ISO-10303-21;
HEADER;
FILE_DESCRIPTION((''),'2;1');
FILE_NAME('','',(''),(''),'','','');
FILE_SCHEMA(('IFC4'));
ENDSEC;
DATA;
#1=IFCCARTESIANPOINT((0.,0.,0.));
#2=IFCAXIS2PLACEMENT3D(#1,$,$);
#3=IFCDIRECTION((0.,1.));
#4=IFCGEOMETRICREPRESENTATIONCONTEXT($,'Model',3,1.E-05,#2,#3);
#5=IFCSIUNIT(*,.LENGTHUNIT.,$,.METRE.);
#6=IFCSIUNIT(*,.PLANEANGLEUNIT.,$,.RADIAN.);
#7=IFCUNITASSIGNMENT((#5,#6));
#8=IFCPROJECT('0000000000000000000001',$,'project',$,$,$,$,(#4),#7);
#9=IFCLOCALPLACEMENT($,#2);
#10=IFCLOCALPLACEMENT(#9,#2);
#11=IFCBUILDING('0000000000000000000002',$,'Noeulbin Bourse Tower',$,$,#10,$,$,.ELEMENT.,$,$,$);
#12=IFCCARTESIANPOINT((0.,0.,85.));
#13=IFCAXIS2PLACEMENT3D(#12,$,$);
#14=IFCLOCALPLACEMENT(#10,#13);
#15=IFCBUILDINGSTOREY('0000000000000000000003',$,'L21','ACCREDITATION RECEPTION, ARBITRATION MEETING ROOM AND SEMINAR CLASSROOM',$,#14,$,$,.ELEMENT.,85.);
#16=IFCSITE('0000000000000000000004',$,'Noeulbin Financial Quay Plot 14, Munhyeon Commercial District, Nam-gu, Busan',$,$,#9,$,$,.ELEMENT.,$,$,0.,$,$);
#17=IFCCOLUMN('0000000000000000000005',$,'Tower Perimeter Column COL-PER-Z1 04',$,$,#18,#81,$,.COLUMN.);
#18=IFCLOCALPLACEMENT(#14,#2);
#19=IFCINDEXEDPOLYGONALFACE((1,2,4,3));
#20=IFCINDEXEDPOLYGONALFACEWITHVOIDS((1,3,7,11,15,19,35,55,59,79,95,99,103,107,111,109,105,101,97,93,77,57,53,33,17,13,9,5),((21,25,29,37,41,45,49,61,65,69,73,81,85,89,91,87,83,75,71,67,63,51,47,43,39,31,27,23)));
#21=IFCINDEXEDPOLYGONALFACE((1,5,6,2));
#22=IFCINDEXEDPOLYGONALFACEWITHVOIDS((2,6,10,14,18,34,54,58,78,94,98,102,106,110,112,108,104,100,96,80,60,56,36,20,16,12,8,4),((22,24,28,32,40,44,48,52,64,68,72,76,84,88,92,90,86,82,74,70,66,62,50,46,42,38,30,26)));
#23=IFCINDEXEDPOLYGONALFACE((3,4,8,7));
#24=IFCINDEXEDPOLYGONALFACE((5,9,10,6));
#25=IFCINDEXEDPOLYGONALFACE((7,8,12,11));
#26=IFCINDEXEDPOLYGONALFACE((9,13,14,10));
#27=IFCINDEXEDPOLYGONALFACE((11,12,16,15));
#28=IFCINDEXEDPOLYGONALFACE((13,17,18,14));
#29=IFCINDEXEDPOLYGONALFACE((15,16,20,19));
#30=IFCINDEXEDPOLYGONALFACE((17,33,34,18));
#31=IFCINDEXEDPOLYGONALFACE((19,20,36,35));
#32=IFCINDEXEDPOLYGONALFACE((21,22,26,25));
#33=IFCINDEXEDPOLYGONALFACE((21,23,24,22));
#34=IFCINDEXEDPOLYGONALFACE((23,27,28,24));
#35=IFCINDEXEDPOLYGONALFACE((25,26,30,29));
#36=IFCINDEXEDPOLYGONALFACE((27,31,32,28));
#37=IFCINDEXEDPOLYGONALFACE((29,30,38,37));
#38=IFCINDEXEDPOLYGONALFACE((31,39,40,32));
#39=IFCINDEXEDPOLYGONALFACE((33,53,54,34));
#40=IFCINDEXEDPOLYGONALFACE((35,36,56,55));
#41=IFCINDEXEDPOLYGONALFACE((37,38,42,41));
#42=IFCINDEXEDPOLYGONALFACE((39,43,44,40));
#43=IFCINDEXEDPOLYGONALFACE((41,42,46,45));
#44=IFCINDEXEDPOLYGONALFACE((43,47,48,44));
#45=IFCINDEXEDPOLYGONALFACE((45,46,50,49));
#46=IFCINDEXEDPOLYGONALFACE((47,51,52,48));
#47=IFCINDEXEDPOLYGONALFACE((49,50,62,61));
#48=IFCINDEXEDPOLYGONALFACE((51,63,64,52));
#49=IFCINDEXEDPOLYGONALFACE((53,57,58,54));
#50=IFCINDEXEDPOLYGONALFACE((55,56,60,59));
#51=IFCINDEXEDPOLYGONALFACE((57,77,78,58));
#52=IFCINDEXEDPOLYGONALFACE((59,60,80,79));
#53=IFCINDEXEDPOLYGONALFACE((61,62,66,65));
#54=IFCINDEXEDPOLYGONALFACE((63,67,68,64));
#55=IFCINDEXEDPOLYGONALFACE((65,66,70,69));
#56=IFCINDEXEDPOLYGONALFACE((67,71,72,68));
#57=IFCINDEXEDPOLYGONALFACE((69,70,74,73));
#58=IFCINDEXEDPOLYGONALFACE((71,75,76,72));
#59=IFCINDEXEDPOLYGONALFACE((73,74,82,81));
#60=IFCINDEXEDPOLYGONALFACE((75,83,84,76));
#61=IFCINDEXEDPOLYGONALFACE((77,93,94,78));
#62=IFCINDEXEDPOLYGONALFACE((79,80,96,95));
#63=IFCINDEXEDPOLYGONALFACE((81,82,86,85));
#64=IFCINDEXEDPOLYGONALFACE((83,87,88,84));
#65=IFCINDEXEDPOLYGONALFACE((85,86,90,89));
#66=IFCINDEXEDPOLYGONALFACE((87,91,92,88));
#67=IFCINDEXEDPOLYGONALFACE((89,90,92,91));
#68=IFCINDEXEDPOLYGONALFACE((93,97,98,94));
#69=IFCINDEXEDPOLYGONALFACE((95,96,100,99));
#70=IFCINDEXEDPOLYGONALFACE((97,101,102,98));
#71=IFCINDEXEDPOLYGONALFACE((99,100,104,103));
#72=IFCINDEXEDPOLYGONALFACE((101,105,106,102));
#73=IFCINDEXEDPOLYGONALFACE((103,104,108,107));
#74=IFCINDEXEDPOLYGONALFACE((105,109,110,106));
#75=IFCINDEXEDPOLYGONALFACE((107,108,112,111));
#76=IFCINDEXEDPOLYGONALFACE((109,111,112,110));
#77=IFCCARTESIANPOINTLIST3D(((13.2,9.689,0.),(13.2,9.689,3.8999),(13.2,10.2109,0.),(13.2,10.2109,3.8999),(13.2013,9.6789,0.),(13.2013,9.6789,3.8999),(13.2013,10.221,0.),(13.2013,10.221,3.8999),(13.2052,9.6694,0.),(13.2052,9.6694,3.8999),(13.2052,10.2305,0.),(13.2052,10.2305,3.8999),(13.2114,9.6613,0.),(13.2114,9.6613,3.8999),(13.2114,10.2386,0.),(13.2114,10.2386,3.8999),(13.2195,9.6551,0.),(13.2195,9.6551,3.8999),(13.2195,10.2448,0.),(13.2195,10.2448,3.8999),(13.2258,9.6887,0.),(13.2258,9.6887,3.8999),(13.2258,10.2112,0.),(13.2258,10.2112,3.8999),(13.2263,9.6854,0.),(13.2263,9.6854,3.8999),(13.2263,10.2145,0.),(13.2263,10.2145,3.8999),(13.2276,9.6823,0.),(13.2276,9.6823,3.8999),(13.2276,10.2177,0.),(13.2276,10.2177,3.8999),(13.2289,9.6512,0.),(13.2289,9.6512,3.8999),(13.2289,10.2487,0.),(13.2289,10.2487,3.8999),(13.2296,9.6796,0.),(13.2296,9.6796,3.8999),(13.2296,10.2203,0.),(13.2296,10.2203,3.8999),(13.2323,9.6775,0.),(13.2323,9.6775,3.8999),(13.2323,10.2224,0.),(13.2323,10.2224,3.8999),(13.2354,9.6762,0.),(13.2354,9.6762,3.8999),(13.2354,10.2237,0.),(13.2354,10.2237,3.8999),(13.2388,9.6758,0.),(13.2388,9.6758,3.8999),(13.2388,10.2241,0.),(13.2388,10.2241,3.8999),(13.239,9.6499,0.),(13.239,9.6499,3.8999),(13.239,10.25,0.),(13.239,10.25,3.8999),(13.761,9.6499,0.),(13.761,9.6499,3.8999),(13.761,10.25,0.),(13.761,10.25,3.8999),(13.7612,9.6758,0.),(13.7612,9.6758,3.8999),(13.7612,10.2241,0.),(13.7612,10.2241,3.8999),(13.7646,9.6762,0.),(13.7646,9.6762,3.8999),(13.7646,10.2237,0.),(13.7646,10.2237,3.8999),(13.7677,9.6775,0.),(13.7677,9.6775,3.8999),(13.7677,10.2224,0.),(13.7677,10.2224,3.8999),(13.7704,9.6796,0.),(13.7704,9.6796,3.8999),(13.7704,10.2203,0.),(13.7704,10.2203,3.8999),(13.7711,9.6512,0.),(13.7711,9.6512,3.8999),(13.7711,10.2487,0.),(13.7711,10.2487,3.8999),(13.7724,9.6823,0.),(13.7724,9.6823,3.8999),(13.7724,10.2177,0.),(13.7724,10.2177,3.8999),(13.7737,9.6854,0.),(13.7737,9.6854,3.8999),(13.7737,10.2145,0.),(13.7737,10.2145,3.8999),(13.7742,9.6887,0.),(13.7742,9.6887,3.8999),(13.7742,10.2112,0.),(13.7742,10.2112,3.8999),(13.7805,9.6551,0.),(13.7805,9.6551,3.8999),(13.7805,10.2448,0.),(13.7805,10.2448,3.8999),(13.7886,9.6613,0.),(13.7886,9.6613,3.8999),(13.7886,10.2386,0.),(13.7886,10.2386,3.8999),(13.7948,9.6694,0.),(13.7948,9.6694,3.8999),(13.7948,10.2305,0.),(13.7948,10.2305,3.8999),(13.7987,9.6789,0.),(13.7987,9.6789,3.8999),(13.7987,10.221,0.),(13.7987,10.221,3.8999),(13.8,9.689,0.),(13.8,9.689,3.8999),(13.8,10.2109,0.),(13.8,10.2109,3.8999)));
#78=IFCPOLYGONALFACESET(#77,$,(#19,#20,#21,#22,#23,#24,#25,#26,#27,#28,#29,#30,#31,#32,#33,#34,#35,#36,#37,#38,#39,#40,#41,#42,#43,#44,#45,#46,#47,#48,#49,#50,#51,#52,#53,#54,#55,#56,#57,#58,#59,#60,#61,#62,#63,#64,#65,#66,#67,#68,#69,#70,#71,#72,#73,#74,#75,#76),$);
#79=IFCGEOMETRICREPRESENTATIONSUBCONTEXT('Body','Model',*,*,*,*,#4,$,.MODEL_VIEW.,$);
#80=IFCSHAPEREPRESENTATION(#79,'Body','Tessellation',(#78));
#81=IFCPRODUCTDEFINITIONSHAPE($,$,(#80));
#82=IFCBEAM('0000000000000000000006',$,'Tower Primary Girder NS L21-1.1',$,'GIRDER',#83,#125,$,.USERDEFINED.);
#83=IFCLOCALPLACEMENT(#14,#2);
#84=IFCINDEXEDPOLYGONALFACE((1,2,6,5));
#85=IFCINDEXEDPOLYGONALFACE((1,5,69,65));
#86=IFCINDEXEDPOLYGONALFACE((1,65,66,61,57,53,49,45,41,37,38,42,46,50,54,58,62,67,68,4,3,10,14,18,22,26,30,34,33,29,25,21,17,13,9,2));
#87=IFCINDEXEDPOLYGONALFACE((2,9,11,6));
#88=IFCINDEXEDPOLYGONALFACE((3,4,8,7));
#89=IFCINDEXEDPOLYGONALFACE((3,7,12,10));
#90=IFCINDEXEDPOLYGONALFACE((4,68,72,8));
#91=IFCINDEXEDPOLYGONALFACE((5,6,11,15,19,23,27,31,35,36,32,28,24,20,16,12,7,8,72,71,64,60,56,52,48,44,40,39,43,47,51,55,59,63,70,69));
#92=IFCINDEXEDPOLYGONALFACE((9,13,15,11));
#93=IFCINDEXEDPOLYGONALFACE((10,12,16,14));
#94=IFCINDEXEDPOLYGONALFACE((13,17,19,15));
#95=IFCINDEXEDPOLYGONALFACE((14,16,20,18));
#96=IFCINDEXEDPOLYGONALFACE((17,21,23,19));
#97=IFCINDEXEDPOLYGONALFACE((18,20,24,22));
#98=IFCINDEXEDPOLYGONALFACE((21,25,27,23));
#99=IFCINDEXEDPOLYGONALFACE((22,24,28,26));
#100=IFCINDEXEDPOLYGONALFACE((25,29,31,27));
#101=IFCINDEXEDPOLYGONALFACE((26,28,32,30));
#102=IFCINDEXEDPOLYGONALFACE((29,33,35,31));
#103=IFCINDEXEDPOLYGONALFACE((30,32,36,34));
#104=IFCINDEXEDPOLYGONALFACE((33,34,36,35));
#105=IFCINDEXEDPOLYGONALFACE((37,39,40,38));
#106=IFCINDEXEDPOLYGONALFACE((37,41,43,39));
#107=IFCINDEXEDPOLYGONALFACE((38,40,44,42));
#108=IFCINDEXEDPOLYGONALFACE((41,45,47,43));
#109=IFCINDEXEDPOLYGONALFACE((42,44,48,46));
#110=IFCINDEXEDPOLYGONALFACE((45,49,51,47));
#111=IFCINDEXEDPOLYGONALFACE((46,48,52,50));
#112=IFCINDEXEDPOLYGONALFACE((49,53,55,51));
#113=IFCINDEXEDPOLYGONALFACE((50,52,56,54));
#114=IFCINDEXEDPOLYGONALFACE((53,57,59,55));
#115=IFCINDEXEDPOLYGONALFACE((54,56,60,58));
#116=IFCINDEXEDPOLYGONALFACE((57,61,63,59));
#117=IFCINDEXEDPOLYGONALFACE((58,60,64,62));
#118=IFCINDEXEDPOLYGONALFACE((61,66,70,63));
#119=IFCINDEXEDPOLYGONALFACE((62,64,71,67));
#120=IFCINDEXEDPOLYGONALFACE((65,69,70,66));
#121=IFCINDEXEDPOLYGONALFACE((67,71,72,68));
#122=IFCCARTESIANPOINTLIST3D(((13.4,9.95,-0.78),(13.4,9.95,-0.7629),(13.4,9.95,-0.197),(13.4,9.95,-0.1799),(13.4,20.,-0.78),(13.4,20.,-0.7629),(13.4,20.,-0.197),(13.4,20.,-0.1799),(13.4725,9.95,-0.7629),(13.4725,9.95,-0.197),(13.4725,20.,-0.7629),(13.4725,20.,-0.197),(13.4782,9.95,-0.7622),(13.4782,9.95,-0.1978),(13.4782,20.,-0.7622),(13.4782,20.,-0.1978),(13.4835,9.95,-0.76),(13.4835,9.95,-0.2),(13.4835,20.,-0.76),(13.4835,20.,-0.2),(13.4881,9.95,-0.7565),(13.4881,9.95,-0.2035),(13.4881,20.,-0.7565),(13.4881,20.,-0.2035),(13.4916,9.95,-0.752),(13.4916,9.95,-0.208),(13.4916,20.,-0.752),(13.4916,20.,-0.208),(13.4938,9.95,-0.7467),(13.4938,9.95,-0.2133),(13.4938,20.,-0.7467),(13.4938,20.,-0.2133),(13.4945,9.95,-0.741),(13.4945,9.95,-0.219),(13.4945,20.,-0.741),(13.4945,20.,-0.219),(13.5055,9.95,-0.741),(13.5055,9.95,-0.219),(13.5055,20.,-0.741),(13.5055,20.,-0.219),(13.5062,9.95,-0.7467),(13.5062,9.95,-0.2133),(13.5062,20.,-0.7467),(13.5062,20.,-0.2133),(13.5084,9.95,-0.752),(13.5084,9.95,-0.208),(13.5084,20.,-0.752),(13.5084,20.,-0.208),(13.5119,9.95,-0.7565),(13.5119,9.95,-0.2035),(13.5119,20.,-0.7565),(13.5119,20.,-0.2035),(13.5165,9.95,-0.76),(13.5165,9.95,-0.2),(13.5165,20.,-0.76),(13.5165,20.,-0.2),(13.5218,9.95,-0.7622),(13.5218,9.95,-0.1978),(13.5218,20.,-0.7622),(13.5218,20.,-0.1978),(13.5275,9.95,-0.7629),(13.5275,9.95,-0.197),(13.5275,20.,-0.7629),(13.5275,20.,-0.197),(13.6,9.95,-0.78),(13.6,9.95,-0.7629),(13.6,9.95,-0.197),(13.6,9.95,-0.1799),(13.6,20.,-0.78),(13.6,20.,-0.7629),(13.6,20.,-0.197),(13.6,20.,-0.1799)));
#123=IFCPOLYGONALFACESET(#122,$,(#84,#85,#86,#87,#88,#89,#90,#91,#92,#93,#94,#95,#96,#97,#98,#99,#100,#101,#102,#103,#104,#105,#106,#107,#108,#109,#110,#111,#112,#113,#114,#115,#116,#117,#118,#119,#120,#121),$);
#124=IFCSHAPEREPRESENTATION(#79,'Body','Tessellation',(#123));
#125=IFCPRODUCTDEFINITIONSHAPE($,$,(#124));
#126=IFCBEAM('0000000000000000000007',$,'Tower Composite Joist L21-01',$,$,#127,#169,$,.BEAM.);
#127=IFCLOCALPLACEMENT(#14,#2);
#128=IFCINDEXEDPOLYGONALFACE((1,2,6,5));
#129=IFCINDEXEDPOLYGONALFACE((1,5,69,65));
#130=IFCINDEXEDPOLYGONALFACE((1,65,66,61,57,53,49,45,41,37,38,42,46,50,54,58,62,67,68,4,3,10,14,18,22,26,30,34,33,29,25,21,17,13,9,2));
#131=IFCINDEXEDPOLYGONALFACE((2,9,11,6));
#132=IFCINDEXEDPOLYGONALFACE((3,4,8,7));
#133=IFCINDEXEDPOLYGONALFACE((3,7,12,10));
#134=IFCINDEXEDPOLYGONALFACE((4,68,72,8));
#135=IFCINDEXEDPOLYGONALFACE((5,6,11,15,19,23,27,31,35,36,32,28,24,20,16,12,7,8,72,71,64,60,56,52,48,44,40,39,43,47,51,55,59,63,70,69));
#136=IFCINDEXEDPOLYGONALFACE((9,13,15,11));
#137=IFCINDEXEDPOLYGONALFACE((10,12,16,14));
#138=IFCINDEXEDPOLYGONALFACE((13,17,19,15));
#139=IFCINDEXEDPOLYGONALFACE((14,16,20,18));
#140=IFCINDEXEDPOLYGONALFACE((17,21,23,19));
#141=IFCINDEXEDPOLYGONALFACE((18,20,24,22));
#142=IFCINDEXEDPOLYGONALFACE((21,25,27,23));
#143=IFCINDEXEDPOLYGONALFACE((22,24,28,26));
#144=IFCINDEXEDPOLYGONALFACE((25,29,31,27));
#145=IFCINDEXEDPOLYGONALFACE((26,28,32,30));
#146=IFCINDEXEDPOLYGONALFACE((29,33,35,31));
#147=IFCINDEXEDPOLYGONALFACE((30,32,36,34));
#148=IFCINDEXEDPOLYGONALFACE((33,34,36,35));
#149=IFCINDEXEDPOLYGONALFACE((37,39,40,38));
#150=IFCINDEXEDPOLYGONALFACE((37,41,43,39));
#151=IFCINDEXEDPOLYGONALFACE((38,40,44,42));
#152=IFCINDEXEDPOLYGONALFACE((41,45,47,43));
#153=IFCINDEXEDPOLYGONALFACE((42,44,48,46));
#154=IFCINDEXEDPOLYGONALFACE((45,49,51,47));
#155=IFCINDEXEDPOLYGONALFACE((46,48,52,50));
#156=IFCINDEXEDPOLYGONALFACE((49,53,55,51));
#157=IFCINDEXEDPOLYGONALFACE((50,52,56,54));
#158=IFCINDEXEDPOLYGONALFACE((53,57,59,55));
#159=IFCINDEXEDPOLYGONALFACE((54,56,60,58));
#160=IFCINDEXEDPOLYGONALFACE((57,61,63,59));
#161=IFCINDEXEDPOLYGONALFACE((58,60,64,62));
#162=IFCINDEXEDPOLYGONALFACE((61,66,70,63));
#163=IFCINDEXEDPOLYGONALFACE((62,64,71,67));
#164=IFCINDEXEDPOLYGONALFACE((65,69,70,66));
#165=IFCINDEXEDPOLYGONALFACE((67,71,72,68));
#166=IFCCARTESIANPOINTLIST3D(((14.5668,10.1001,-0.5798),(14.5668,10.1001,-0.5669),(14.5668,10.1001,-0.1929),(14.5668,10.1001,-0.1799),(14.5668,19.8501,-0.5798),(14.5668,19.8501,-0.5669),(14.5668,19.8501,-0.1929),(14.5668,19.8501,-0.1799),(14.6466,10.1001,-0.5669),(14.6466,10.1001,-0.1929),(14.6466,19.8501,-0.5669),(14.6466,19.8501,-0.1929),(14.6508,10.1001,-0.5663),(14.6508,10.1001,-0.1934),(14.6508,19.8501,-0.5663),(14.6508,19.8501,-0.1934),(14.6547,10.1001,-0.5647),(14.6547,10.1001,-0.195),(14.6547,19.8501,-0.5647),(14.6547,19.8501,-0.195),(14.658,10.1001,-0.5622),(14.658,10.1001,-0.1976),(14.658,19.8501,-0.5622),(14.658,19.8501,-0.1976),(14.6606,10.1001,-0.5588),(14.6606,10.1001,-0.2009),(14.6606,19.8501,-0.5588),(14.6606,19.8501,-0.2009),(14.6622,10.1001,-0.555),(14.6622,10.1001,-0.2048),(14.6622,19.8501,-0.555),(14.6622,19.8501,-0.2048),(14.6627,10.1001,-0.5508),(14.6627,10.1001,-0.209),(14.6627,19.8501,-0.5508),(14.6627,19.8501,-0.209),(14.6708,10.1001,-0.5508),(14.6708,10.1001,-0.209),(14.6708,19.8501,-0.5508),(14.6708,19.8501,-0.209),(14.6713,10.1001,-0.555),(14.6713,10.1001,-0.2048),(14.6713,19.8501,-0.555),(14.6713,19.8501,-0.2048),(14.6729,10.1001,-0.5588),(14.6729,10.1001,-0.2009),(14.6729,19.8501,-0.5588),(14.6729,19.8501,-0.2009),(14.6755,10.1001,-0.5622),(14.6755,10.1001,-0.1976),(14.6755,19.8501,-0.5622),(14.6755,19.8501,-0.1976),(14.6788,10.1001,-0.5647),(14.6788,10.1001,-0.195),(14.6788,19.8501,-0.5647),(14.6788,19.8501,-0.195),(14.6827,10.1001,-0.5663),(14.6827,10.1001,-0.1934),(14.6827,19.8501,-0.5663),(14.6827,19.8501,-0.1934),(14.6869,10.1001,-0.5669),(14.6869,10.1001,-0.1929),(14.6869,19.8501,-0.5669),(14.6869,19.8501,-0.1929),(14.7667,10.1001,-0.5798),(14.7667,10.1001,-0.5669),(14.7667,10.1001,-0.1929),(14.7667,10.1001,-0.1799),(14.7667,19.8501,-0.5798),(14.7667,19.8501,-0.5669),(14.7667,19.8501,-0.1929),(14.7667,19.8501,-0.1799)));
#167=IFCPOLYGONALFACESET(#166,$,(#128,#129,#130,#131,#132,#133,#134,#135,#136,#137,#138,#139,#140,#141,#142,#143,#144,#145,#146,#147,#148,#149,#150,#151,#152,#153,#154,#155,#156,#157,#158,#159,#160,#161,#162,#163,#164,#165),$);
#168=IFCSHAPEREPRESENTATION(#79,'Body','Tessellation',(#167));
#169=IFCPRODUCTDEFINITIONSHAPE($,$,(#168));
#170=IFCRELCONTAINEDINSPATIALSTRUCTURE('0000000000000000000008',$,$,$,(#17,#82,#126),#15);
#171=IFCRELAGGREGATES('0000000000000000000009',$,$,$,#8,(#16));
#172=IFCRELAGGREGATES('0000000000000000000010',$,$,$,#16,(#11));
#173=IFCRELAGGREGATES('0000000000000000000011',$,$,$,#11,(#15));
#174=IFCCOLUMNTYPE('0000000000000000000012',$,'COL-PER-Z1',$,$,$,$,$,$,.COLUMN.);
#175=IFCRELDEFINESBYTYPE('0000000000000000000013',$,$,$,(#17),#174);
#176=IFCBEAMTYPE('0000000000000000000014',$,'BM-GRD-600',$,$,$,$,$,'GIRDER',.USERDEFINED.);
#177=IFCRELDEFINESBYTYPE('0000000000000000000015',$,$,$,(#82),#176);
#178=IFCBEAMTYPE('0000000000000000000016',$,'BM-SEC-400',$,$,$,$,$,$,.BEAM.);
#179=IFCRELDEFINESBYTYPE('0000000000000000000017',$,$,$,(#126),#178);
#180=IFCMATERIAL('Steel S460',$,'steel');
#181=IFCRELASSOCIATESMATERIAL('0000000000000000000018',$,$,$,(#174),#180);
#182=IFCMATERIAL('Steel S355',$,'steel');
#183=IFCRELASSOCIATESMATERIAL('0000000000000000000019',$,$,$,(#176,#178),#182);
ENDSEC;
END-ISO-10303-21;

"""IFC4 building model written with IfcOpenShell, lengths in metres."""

from ifc_helpers import new_model, si_unit, direction, frame, origin, origin_2d, place, context, subcontext, project, spatial, hollow_rectangle, i_section, extrude, material, material_profile, profile_set, type_object, element, save


model = new_model("IFC4")

# Units and contexts
model_context = context("Model", 3, precision=1e-05, world=origin(), true_north=direction((0.0, 1.0)))
body_context = subcontext(model_context, "Body", "Model", "MODEL_VIEW")
ifc_project = project(units=[si_unit("LENGTHUNIT", "METRE"), si_unit("PLANEANGLEUNIT", "RADIAN")], contexts=[model_context])

# Site, building, storey
site_placement = place(None, origin())
site = spatial("IfcSite", under=ifc_project, at=site_placement, Name="Noeulbin Financial Quay Plot 14, Munhyeon Commercial District, Nam-gu, Busan", CompositionType="ELEMENT", RefElevation=0.0)
building_placement = place(site_placement, origin())
building = spatial("IfcBuilding", under=site, at=building_placement, Name="Noeulbin Bourse Tower", CompositionType="ELEMENT")
storey_placement = place(building_placement, frame((0.0, 0.0, 85.0)))
storey = spatial("IfcBuildingStorey", under=building, at=storey_placement, Name="L21", Description="ACCREDITATION RECEPTION, ARBITRATION MEETING ROOM AND SEMINAR CLASSROOM", CompositionType="ELEMENT", Elevation=85.0)

# Column
ifc_material_1 = material(Name="Steel S460", Category="steel")
ifc_material_profile_1 = material_profile(ifc_material_1, hollow_rectangle(XDim=0.6001, YDim=0.6001, WallThickness=0.0259, InnerFilletRadius=0.0129, OuterFilletRadius=0.0391, at=origin_2d()), Name="BOX-600x600x26", Category="LoadBearing")
ifc_profile_set_1 = profile_set([ifc_material_profile_1], Name="Steel S460")
column_type = type_object("IfcColumnType", Name="COL-PER-Z1", PredefinedType="COLUMN", material=ifc_profile_set_1)
column_placement = place(storey_placement, frame((13.5, 9.95, 0.0), z_axis=(0.0, 0.0, 1.0), x_axis=(1.0, 0.0, 0.0)))
element("IfcColumn", 1, at=column_placement, inside=storey, type_object=column_type, Name="Tower Perimeter Column COL-PER-Z1 04", PredefinedType="COLUMN", context=body_context, shape_type="SweptSolid", body=[
    extrude(hollow_rectangle(XDim=0.6001, YDim=0.6001, WallThickness=0.0259, InnerFilletRadius=0.0129, OuterFilletRadius=0.0391, at=origin_2d()), origin(), (0.0, 0.0, 1.0), 3.8999),
])

# Beams
ifc_material_2 = material(Name="Steel S355", Category="steel")
ifc_material_profile_2 = material_profile(ifc_material_2, i_section(OverallWidth=0.2, OverallDepth=0.6001, WebThickness=0.011, FlangeThickness=0.0171, FilletRadius=0.022, at=origin_2d()), Name="H-600x200x11x17", Category="LoadBearing")
ifc_profile_set_2 = profile_set([ifc_material_profile_2], Name="Steel S355")
beam_type_1 = type_object("IfcBeamType", Name="BM-GRD-600", ElementType="GIRDER", PredefinedType="USERDEFINED", material=ifc_profile_set_2)
beam_1_placement = place(storey_placement, frame((13.5, 9.95, -0.48), z_axis=(0.0, 1.0, 0.0), x_axis=(-1.0, 0.0, 0.0)))
element("IfcBeam", 2, at=beam_1_placement, inside=storey, type_object=beam_type_1, Name="Tower Primary Girder NS L21-1.1", ObjectType="GIRDER", PredefinedType="USERDEFINED", context=body_context, shape_type="SweptSolid", body=[
    extrude(i_section(OverallWidth=0.2, OverallDepth=0.6001, WebThickness=0.011, FlangeThickness=0.0171, FilletRadius=0.022, at=origin_2d()), origin(), (0.0, 0.0, 1.0), 10.05),
])
ifc_material_profile_3 = material_profile(ifc_material_2, i_section(OverallWidth=0.2, OverallDepth=0.3999, WebThickness=0.0081, FlangeThickness=0.0129, FilletRadius=0.0161, at=origin_2d()), Name="H-400x200x8x13", Category="LoadBearing")
ifc_profile_set_3 = profile_set([ifc_material_profile_3], Name="Steel S355")
beam_type_2 = type_object("IfcBeamType", Name="BM-SEC-400", PredefinedType="BEAM", material=ifc_profile_set_3)
for number, where, z_axis, x_axis, name in (
    (3, (14.6667, 10.1001, -0.3799), (0.0, 1.0, 0.0), (-1.0, 0.0, 0.0), "Tower Composite Joist L21-01"),
):
    element("IfcBeam", number, at=place(storey_placement, frame(where, z_axis=z_axis, x_axis=x_axis)), inside=storey, type_object=beam_type_2, Name=name, PredefinedType="BEAM", context=body_context, shape_type="SweptSolid", body=[
        extrude(i_section(OverallWidth=0.2, OverallDepth=0.3999, WebThickness=0.0081, FlangeThickness=0.0129, FilletRadius=0.0161, at=origin_2d()), origin(), (0.0, 0.0, 1.0), 9.75),
    ])

save(model, "model.ifc")
